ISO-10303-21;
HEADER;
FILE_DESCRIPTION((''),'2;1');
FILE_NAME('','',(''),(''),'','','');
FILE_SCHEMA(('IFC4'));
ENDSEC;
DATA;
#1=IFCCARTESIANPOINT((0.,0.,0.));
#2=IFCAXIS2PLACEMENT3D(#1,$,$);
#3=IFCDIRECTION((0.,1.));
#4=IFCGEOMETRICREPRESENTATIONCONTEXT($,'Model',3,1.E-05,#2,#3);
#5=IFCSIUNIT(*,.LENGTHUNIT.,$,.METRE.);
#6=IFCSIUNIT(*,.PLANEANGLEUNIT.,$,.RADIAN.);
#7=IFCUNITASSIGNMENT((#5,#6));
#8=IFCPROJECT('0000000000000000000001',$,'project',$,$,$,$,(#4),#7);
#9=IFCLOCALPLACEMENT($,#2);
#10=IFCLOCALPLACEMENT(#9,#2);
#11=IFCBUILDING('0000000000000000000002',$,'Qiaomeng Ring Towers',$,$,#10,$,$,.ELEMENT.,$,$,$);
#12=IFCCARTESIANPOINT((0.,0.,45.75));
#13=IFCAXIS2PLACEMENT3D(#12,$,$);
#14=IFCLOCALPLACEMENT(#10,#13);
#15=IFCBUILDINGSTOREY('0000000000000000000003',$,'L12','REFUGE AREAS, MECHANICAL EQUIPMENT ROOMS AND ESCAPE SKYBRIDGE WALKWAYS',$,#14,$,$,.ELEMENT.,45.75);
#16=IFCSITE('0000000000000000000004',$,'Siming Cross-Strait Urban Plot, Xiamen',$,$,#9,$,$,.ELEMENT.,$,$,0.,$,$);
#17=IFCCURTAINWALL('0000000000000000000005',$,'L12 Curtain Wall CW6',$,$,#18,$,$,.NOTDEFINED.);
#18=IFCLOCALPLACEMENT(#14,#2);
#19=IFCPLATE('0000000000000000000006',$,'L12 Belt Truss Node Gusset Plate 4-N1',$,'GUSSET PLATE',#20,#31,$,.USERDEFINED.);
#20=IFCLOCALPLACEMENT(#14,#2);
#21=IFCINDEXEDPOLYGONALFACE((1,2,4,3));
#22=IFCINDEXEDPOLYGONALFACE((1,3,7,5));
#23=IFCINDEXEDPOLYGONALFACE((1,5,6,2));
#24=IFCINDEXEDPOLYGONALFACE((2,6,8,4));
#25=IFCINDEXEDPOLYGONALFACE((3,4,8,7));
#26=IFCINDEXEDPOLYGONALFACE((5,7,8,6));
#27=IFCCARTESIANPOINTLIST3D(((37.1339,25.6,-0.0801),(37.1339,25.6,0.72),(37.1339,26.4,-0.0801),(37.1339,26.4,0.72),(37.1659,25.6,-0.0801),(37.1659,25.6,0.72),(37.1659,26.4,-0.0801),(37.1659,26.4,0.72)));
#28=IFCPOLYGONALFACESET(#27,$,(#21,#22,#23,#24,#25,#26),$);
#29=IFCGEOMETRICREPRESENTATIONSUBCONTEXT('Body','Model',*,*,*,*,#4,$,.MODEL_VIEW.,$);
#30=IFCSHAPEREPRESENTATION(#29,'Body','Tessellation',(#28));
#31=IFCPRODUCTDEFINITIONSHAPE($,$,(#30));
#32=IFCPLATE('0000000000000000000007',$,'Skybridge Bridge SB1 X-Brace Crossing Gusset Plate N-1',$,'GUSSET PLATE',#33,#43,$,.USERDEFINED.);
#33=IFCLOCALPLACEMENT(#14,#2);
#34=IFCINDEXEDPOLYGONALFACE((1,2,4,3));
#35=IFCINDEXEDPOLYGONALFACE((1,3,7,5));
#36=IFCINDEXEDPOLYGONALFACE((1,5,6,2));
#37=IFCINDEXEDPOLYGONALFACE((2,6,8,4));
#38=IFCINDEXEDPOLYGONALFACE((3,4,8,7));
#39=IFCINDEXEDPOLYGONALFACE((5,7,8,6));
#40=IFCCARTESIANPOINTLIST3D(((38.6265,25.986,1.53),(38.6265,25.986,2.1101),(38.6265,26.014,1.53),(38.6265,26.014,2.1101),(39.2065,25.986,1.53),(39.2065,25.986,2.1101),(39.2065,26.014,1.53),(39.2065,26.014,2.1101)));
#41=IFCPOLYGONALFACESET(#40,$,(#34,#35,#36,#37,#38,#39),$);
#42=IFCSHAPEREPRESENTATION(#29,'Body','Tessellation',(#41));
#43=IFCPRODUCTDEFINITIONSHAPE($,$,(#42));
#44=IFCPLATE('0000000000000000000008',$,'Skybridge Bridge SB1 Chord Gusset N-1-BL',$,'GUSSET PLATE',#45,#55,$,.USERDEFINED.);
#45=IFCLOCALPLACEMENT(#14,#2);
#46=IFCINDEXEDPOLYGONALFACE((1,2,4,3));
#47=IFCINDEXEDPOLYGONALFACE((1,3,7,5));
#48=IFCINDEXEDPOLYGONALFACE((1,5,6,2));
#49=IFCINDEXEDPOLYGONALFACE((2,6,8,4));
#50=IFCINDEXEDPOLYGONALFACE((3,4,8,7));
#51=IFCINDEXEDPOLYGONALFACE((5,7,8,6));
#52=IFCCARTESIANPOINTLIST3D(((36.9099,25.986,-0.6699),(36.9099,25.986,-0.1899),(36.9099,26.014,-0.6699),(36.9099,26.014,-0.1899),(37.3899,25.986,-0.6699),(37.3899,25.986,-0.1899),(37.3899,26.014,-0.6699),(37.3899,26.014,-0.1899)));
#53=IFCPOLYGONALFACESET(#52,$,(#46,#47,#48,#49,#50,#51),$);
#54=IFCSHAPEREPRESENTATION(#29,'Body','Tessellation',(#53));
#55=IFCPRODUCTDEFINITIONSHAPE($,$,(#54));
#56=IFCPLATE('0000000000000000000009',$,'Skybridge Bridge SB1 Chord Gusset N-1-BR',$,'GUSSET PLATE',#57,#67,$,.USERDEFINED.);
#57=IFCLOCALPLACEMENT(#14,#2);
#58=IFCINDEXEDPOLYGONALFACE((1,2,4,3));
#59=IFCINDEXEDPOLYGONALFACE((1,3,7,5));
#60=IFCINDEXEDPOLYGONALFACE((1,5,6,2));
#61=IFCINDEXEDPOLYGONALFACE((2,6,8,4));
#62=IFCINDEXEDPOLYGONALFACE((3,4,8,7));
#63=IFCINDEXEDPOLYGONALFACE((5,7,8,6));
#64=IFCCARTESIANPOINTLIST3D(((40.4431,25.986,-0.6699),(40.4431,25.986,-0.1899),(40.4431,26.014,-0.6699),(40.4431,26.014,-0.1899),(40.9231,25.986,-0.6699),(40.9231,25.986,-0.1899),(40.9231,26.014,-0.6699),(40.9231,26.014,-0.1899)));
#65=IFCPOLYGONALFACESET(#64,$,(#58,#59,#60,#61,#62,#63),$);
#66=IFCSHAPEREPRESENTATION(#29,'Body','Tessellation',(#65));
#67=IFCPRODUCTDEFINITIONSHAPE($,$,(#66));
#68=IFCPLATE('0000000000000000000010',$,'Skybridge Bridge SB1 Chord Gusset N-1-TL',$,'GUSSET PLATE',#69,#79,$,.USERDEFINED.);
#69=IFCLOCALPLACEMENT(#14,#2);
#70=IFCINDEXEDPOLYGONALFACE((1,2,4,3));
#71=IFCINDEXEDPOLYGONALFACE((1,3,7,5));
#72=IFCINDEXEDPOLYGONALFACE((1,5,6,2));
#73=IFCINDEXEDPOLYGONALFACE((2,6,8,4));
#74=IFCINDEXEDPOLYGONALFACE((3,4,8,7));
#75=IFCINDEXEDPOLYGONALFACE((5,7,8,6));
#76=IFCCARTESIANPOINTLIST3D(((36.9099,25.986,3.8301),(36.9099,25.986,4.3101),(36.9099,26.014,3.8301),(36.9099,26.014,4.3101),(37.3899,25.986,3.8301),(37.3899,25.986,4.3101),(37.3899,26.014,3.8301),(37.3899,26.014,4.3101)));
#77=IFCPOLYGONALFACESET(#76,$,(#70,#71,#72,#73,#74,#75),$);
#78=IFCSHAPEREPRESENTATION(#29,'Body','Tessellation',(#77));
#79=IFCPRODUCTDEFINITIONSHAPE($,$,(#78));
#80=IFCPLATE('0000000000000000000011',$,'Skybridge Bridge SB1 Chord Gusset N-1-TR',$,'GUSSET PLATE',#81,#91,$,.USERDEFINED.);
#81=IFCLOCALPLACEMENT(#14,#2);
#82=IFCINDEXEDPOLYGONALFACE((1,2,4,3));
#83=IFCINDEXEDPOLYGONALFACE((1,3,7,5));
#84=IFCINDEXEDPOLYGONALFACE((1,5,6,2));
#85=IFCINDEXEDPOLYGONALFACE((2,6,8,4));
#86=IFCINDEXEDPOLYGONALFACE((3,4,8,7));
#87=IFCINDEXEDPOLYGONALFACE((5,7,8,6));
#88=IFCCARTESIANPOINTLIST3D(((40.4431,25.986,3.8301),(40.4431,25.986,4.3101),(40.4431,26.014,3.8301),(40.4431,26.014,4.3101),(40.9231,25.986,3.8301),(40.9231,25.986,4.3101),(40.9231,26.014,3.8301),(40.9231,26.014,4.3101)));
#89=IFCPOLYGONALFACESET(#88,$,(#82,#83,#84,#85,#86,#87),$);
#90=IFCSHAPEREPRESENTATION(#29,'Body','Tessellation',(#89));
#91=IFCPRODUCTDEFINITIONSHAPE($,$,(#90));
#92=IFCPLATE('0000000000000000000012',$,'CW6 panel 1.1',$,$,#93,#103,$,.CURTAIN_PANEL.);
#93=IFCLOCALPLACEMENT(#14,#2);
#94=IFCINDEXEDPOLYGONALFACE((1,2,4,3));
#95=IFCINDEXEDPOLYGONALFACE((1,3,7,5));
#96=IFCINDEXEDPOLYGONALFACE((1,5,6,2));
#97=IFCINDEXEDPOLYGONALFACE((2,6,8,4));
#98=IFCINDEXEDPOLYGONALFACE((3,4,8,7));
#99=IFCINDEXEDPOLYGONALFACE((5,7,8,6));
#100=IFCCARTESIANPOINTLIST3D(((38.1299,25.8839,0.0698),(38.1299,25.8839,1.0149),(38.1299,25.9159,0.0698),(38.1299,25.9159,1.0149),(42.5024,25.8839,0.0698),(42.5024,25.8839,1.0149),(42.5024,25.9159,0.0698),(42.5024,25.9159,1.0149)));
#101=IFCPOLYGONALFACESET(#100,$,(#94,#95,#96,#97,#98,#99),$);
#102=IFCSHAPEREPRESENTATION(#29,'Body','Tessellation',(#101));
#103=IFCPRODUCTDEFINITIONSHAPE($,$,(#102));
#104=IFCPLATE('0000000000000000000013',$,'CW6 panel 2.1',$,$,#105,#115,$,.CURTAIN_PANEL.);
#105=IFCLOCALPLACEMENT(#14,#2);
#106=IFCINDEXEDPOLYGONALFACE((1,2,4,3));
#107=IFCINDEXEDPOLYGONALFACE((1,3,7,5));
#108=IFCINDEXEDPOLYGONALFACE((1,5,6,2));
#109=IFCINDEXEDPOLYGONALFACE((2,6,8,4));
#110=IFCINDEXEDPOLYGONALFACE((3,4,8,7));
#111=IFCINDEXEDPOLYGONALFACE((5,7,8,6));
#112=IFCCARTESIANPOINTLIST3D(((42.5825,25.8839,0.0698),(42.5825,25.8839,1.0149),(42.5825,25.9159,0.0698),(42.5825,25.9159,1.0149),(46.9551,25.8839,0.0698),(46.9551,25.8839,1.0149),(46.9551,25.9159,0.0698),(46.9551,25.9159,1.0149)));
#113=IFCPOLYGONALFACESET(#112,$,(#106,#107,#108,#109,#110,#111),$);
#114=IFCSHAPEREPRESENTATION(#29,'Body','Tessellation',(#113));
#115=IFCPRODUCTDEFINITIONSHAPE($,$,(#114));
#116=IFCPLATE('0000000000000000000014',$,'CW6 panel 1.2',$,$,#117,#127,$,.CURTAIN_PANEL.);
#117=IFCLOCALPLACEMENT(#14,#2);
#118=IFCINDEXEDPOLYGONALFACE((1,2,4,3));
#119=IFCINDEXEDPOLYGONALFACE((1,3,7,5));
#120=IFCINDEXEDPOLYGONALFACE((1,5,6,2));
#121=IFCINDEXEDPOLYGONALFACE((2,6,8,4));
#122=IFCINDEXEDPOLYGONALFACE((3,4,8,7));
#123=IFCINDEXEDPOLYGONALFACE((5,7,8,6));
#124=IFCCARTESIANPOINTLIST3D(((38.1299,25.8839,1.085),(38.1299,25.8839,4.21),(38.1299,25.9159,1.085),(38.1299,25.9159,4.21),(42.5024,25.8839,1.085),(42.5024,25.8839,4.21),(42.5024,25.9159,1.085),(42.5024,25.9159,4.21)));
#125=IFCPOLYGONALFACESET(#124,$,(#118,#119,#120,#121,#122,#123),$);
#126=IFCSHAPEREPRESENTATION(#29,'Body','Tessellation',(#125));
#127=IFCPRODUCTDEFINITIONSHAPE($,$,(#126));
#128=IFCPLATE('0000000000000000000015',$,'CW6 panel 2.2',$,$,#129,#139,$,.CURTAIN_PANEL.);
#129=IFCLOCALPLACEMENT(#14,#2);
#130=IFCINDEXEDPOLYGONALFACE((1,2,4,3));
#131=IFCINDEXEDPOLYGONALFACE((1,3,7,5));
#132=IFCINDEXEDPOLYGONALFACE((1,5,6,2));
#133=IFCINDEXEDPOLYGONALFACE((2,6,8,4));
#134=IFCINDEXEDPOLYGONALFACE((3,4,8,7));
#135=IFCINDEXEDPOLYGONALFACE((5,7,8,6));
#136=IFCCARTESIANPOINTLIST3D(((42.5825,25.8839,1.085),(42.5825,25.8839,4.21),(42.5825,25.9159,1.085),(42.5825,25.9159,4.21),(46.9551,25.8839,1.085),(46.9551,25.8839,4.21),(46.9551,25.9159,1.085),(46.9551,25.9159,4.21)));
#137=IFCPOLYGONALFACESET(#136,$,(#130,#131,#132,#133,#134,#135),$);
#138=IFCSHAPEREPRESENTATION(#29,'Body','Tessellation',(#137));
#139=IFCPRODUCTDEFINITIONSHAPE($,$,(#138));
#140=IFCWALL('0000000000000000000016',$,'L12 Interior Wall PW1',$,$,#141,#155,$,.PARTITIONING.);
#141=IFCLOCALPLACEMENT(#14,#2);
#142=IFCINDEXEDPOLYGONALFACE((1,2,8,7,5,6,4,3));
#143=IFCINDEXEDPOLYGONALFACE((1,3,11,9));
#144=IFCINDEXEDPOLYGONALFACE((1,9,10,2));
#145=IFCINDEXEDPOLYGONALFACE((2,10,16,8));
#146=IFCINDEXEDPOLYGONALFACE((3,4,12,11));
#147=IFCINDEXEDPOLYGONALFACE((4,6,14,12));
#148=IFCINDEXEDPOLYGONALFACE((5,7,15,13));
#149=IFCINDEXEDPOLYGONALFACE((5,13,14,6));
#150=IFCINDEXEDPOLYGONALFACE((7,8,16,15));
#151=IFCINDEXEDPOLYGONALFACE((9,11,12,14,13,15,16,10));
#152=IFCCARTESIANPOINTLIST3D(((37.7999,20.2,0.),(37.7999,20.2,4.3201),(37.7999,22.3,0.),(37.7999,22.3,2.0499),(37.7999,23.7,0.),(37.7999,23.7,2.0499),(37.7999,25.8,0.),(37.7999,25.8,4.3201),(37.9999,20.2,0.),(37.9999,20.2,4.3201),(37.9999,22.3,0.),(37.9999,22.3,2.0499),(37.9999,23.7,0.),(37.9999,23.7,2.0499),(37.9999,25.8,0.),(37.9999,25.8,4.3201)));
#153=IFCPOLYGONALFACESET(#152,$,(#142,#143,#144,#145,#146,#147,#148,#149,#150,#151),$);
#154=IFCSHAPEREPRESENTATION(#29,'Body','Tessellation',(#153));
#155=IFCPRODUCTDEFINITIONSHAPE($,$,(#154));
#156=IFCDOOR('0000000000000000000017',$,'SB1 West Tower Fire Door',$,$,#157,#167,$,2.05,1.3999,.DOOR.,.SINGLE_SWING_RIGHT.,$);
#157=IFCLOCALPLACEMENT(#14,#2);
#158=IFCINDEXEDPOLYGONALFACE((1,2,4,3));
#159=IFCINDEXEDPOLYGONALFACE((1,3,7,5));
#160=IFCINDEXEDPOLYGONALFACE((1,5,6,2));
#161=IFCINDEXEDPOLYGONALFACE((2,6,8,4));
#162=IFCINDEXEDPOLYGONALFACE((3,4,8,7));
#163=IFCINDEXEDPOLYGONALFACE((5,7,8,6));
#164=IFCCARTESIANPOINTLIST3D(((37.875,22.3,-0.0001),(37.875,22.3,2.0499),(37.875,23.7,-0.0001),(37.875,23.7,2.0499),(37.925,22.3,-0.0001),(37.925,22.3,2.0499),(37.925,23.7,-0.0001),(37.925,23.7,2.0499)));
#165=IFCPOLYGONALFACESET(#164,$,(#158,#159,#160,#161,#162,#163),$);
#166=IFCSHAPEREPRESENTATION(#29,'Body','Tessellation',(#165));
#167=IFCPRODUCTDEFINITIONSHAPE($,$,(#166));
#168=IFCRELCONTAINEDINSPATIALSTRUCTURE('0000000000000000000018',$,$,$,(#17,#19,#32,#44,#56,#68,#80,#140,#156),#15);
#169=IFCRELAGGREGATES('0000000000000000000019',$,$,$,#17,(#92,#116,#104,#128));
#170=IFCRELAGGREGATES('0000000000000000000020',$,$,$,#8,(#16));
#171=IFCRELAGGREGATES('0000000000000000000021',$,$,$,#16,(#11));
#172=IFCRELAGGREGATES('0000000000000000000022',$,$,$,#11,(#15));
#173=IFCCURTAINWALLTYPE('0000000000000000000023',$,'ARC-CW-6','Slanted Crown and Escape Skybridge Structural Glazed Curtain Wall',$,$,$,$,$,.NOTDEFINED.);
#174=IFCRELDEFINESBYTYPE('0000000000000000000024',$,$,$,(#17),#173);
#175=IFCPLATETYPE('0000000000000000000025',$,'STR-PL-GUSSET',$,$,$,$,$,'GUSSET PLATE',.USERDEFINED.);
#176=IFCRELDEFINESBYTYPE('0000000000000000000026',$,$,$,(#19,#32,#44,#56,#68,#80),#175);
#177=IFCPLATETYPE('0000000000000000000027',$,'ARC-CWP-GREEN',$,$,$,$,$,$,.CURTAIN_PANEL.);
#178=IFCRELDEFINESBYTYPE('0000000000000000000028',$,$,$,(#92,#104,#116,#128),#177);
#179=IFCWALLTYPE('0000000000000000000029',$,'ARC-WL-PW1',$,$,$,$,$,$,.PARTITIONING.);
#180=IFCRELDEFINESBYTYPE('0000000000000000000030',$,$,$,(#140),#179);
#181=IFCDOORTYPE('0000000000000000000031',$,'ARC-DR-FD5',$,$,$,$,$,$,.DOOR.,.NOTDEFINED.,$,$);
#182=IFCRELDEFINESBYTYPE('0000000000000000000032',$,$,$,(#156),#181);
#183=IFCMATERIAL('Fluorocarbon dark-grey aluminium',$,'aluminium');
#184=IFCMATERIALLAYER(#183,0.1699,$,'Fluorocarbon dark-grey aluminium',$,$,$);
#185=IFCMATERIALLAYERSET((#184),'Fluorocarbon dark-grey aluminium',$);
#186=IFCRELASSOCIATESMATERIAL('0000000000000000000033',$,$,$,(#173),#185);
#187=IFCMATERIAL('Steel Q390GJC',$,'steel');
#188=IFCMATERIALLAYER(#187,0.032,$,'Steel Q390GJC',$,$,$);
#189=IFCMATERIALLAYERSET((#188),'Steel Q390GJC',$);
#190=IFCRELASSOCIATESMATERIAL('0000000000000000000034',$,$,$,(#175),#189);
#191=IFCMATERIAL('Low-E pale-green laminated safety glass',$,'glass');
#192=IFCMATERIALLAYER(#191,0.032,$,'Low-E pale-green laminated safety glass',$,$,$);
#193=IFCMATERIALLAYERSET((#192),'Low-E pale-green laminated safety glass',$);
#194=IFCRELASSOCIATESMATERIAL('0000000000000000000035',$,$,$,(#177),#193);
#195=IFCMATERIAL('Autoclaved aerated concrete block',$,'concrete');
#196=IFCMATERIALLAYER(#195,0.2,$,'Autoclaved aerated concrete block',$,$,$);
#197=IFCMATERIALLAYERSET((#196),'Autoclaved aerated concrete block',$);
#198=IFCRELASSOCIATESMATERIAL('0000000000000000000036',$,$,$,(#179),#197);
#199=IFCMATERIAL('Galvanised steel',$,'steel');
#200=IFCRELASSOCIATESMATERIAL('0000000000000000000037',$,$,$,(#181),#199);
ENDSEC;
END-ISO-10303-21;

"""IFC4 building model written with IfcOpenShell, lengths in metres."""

from ifc_helpers import new_model, si_unit, direction, frame, frame_2d, origin, origin_2d, place, context, subcontext, project, spatial, rectangle, extrude, source, transform, mapped, material, layer, layer_set, type_object, element, fill, aggregate, save


model = new_model("IFC4")

# Units and contexts
model_context = context("Model", 3, precision=1e-05, world=origin(), true_north=direction((0.0, 1.0)))
body_context = subcontext(model_context, "Body", "Model", "MODEL_VIEW")
ifc_project = project(units=[si_unit("LENGTHUNIT", "METRE"), si_unit("PLANEANGLEUNIT", "RADIAN")], contexts=[model_context])

# Site, building, storey
site_placement = place(None, origin())
site = spatial("IfcSite", under=ifc_project, at=site_placement, Name="Siming Cross-Strait Urban Plot, Xiamen", CompositionType="ELEMENT", RefElevation=0.0)
building_placement = place(site_placement, origin())
building = spatial("IfcBuilding", under=site, at=building_placement, Name="Qiaomeng Ring Towers", CompositionType="ELEMENT")
storey_placement = place(building_placement, frame((0.0, 0.0, 45.75)))
storey = spatial("IfcBuildingStorey", under=building, at=storey_placement, Name="L12", Description="REFUGE AREAS, MECHANICAL EQUIPMENT ROOMS AND ESCAPE SKYBRIDGE WALKWAYS", CompositionType="ELEMENT", Elevation=45.75)

# Shared definitions
ifc_material_1 = material(Name="Steel Q390GJC", Category="steel")

# Curtain wall
ifc_material_2 = material(Name="Fluorocarbon dark-grey aluminium", Category="aluminium")
ifc_layer_1 = layer(ifc_material_2, 0.1699, Name="Fluorocarbon dark-grey aluminium")
ifc_layer_set_1 = layer_set([ifc_layer_1], Name="Fluorocarbon dark-grey aluminium")
curtain_wall_type = type_object("IfcCurtainWallType", Name="ARC-CW-6", Description="Slanted Crown and Escape Skybridge Structural Glazed Curtain Wall", PredefinedType="NOTDEFINED", material=ifc_layer_set_1)
curtain_wall_placement = place(storey_placement, origin())
curtain_wall = element("IfcCurtainWall", 1, at=curtain_wall_placement, inside=storey, type_object=curtain_wall_type, Name="L12 Curtain Wall CW6", PredefinedType="NOTDEFINED")

# Plates
ifc_layer_2 = layer(ifc_material_1, 0.032, Name="Steel Q390GJC")
ifc_layer_set_2 = layer_set([ifc_layer_2], Name="Steel Q390GJC")
plate_type_1 = type_object("IfcPlateType", Name="STR-PL-GUSSET", ElementType="GUSSET PLATE", PredefinedType="USERDEFINED", material=ifc_layer_set_2)
shared_shape_1 = source(origin(), body_context, "Body", "SweptSolid", [
    extrude(rectangle(XDim=0.8, YDim=0.032, at=origin_2d()), origin(), (0.0, 0.0, 1.0), 0.8),
])
plate_1_placement = place(storey_placement, frame((37.1499, 26.0, -0.0801), z_axis=(0.0, 0.0, 1.0), x_axis=(0.0, 1.0, 0.0)))
element("IfcPlate", 2, at=plate_1_placement, inside=storey, type_object=plate_type_1, Name="L12 Belt Truss Node Gusset Plate 4-N1", ObjectType="GUSSET PLATE", PredefinedType="USERDEFINED", context=body_context, shape_type="MappedRepresentation", body=[
    mapped(shared_shape_1, transform((0.0, 0.0, 0.0), x_axis=(1.0, 0.0, 0.0), y_axis=(0.0, 1.0, 0.0), z_axis=(0.0, 0.0, 1.0), scale=1.0)),
])
shared_shape_2 = source(origin(), body_context, "Body", "SweptSolid", [
    extrude(rectangle(XDim=0.5801, YDim=0.0281, at=origin_2d()), origin(), (0.0, 0.0, 1.0), 0.5801),
])
plate_2_placement = place(storey_placement, frame((38.9165, 26.0, 1.53), z_axis=(0.0, 0.0, 1.0), x_axis=(1.0, 0.0, 0.0)))
element("IfcPlate", 3, at=plate_2_placement, inside=storey, type_object=plate_type_1, Name="Skybridge Bridge SB1 X-Brace Crossing Gusset Plate N-1", ObjectType="GUSSET PLATE", PredefinedType="USERDEFINED", context=body_context, shape_type="MappedRepresentation", body=[
    mapped(shared_shape_2, transform((0.0, 0.0, 0.0), x_axis=(1.0, 0.0, 0.0), y_axis=(0.0, 1.0, 0.0), z_axis=(0.0, 0.0, 1.0), scale=1.0)),
])
shared_shape_3 = source(origin(), body_context, "Body", "SweptSolid", [
    extrude(rectangle(XDim=0.48, YDim=0.0281, at=origin_2d()), origin(), (0.0, 0.0, 1.0), 0.48),
])
for number, where, z_axis, x_axis, name in (
    (4, (37.1499, 26.0, -0.6699), (0.0, 0.0, 1.0), (1.0, 0.0, 0.0), "Skybridge Bridge SB1 Chord Gusset N-1-BL"),
    (5, (40.6831, 26.0, -0.6699), (0.0, 0.0, 1.0), (1.0, 0.0, 0.0), "Skybridge Bridge SB1 Chord Gusset N-1-BR"),
    (6, (37.1499, 26.0, 3.8301), (0.0, 0.0, 1.0), (1.0, 0.0, 0.0), "Skybridge Bridge SB1 Chord Gusset N-1-TL"),
    (7, (40.6831, 26.0, 3.8301), (0.0, 0.0, 1.0), (1.0, 0.0, 0.0), "Skybridge Bridge SB1 Chord Gusset N-1-TR"),
):
    element("IfcPlate", number, at=place(storey_placement, frame(where, z_axis=z_axis, x_axis=x_axis)), inside=storey, type_object=plate_type_1, Name=name, ObjectType="GUSSET PLATE", PredefinedType="USERDEFINED", context=body_context, shape_type="MappedRepresentation", body=[
        mapped(shared_shape_3, transform((0.0, 0.0, 0.0), x_axis=(1.0, 0.0, 0.0), y_axis=(0.0, 1.0, 0.0), z_axis=(0.0, 0.0, 1.0), scale=1.0)),
    ])

# Plates
ifc_material_3 = material(Name="Low-E pale-green laminated safety glass", Category="glass")
ifc_layer_3 = layer(ifc_material_3, 0.032, Name="Low-E pale-green laminated safety glass")
ifc_layer_set_3 = layer_set([ifc_layer_3], Name="Low-E pale-green laminated safety glass")
plate_type_2 = type_object("IfcPlateType", Name="ARC-CWP-GREEN", PredefinedType="CURTAIN_PANEL", material=ifc_layer_set_3)
shared_shape_4 = source(origin(), body_context, "Body", "SweptSolid", [
    extrude(rectangle(XDim=4.3726, YDim=0.032, at=origin_2d()), origin(), (0.0, 0.0, 1.0), 0.9451),
])
plate_3_placement = place(storey_placement, frame((40.3162, 25.8999, 0.0698), z_axis=(0.0, 0.0, 1.0), x_axis=(1.0, 0.0, 0.0)))
plate_3 = element("IfcPlate", 8, at=plate_3_placement, type_object=plate_type_2, Name="CW6 panel 1.1", PredefinedType="CURTAIN_PANEL", context=body_context, shape_type="MappedRepresentation", body=[
    mapped(shared_shape_4, transform((0.0, 0.0, 0.0), x_axis=(1.0, 0.0, 0.0), y_axis=(0.0, 1.0, 0.0), z_axis=(0.0, 0.0, 1.0), scale=1.0)),
])
plate_4_placement = place(storey_placement, frame((44.7688, 25.8999, 0.0698), z_axis=(0.0, 0.0, 1.0), x_axis=(1.0, 0.0, 0.0)))
plate_4 = element("IfcPlate", 9, at=plate_4_placement, type_object=plate_type_2, Name="CW6 panel 2.1", PredefinedType="CURTAIN_PANEL", context=body_context, shape_type="MappedRepresentation", body=[
    mapped(shared_shape_4, transform((0.0, 0.0, 0.0), x_axis=(1.0, 0.0, 0.0), y_axis=(0.0, 1.0, 0.0), z_axis=(0.0, 0.0, 1.0), scale=1.0)),
])
shared_shape_5 = source(origin(), body_context, "Body", "SweptSolid", [
    extrude(rectangle(XDim=4.3726, YDim=0.032, at=origin_2d()), origin(), (0.0, 0.0, 1.0), 3.125),
])
plate_5_placement = place(storey_placement, frame((40.3162, 25.8999, 1.085), z_axis=(0.0, 0.0, 1.0), x_axis=(1.0, 0.0, 0.0)))
plate_5 = element("IfcPlate", 10, at=plate_5_placement, type_object=plate_type_2, Name="CW6 panel 1.2", PredefinedType="CURTAIN_PANEL", context=body_context, shape_type="MappedRepresentation", body=[
    mapped(shared_shape_5, transform((0.0, 0.0, 0.0), x_axis=(1.0, 0.0, 0.0), y_axis=(0.0, 1.0, 0.0), z_axis=(0.0, 0.0, 1.0), scale=1.0)),
])
plate_6_placement = place(storey_placement, frame((44.7688, 25.8999, 1.085), z_axis=(0.0, 0.0, 1.0), x_axis=(1.0, 0.0, 0.0)))
plate_6 = element("IfcPlate", 11, at=plate_6_placement, type_object=plate_type_2, Name="CW6 panel 2.2", PredefinedType="CURTAIN_PANEL", context=body_context, shape_type="MappedRepresentation", body=[
    mapped(shared_shape_5, transform((0.0, 0.0, 0.0), x_axis=(1.0, 0.0, 0.0), y_axis=(0.0, 1.0, 0.0), z_axis=(0.0, 0.0, 1.0), scale=1.0)),
])
aggregate(curtain_wall, [plate_3, plate_5, plate_4, plate_6])

# Wall, opening, door
ifc_material_4 = material(Name="Autoclaved aerated concrete block", Category="concrete")
ifc_layer_4 = layer(ifc_material_4, 0.2, Name="Autoclaved aerated concrete block")
ifc_layer_set_4 = layer_set([ifc_layer_4], Name="Autoclaved aerated concrete block")
wall_type = type_object("IfcWallType", Name="ARC-WL-PW1", PredefinedType="PARTITIONING", material=ifc_layer_set_4)
wall_1_placement = place(storey_placement, frame((37.8999, 20.2, 0.0), z_axis=(0.0, 0.0, 1.0), x_axis=(0.0, 1.0, 0.0)))
wall_1 = element("IfcWall", 12, at=wall_1_placement, inside=storey, type_object=wall_type, Name="L12 Interior Wall PW1", PredefinedType="PARTITIONING", context=body_context, shape_type="SweptSolid", body=[
    extrude(rectangle(XDim=5.6001, YDim=0.2, at=frame_2d((2.8, 0.0))), origin(), (0.0, 0.0, 1.0), 4.3201),
])
opening_1_placement = place(wall_1_placement, frame((2.1001, 0.0, 0.0)))
opening_1 = element("IfcOpeningElement", 13, at=opening_1_placement, cuts=wall_1, PredefinedType="OPENING", context=body_context, shape_type="SweptSolid", body=[
    extrude(rectangle(XDim=1.3999, YDim=2.05, at=frame_2d((0.7, 1.0249))), frame((0.0, 0.1099, 0.0), z_axis=(0.0, -1.0, 0.0), x_axis=(1.0, 0.0, 0.0)), (0.0, 0.0, 1.0), 0.22),
])
ifc_material_5 = material(Name="Galvanised steel", Category="steel")
door_type = type_object("IfcDoorType", Name="ARC-DR-FD5", OperationType="NOTDEFINED", PredefinedType="DOOR", material=ifc_material_5)
shared_shape_6 = source(origin(), body_context, "Body", "SweptSolid", [
    extrude(rectangle(XDim=1.3999, YDim=2.05, at=frame_2d((0.7, 1.0249))), frame((0.0, 0.0249, 0.0), z_axis=(0.0, -1.0, 0.0), x_axis=(1.0, 0.0, 0.0)), (0.0, 0.0, 1.0), 0.05),
])
door_1_placement = place(opening_1_placement, origin())
door_1 = element("IfcDoor", 14, at=door_1_placement, inside=storey, type_object=door_type, Name="SB1 West Tower Fire Door", OperationType="SINGLE_SWING_RIGHT", OverallHeight=2.05, OverallWidth=1.3999, PredefinedType="DOOR", context=body_context, shape_type="MappedRepresentation", body=[
    mapped(shared_shape_6, transform((0.0, 0.0, 0.0), x_axis=(1.0, 0.0, 0.0), y_axis=(0.0, 1.0, 0.0), z_axis=(0.0, 0.0, 1.0), scale=1.0)),
])
fill(opening_1, door_1)

save(model, "model.ifc")
